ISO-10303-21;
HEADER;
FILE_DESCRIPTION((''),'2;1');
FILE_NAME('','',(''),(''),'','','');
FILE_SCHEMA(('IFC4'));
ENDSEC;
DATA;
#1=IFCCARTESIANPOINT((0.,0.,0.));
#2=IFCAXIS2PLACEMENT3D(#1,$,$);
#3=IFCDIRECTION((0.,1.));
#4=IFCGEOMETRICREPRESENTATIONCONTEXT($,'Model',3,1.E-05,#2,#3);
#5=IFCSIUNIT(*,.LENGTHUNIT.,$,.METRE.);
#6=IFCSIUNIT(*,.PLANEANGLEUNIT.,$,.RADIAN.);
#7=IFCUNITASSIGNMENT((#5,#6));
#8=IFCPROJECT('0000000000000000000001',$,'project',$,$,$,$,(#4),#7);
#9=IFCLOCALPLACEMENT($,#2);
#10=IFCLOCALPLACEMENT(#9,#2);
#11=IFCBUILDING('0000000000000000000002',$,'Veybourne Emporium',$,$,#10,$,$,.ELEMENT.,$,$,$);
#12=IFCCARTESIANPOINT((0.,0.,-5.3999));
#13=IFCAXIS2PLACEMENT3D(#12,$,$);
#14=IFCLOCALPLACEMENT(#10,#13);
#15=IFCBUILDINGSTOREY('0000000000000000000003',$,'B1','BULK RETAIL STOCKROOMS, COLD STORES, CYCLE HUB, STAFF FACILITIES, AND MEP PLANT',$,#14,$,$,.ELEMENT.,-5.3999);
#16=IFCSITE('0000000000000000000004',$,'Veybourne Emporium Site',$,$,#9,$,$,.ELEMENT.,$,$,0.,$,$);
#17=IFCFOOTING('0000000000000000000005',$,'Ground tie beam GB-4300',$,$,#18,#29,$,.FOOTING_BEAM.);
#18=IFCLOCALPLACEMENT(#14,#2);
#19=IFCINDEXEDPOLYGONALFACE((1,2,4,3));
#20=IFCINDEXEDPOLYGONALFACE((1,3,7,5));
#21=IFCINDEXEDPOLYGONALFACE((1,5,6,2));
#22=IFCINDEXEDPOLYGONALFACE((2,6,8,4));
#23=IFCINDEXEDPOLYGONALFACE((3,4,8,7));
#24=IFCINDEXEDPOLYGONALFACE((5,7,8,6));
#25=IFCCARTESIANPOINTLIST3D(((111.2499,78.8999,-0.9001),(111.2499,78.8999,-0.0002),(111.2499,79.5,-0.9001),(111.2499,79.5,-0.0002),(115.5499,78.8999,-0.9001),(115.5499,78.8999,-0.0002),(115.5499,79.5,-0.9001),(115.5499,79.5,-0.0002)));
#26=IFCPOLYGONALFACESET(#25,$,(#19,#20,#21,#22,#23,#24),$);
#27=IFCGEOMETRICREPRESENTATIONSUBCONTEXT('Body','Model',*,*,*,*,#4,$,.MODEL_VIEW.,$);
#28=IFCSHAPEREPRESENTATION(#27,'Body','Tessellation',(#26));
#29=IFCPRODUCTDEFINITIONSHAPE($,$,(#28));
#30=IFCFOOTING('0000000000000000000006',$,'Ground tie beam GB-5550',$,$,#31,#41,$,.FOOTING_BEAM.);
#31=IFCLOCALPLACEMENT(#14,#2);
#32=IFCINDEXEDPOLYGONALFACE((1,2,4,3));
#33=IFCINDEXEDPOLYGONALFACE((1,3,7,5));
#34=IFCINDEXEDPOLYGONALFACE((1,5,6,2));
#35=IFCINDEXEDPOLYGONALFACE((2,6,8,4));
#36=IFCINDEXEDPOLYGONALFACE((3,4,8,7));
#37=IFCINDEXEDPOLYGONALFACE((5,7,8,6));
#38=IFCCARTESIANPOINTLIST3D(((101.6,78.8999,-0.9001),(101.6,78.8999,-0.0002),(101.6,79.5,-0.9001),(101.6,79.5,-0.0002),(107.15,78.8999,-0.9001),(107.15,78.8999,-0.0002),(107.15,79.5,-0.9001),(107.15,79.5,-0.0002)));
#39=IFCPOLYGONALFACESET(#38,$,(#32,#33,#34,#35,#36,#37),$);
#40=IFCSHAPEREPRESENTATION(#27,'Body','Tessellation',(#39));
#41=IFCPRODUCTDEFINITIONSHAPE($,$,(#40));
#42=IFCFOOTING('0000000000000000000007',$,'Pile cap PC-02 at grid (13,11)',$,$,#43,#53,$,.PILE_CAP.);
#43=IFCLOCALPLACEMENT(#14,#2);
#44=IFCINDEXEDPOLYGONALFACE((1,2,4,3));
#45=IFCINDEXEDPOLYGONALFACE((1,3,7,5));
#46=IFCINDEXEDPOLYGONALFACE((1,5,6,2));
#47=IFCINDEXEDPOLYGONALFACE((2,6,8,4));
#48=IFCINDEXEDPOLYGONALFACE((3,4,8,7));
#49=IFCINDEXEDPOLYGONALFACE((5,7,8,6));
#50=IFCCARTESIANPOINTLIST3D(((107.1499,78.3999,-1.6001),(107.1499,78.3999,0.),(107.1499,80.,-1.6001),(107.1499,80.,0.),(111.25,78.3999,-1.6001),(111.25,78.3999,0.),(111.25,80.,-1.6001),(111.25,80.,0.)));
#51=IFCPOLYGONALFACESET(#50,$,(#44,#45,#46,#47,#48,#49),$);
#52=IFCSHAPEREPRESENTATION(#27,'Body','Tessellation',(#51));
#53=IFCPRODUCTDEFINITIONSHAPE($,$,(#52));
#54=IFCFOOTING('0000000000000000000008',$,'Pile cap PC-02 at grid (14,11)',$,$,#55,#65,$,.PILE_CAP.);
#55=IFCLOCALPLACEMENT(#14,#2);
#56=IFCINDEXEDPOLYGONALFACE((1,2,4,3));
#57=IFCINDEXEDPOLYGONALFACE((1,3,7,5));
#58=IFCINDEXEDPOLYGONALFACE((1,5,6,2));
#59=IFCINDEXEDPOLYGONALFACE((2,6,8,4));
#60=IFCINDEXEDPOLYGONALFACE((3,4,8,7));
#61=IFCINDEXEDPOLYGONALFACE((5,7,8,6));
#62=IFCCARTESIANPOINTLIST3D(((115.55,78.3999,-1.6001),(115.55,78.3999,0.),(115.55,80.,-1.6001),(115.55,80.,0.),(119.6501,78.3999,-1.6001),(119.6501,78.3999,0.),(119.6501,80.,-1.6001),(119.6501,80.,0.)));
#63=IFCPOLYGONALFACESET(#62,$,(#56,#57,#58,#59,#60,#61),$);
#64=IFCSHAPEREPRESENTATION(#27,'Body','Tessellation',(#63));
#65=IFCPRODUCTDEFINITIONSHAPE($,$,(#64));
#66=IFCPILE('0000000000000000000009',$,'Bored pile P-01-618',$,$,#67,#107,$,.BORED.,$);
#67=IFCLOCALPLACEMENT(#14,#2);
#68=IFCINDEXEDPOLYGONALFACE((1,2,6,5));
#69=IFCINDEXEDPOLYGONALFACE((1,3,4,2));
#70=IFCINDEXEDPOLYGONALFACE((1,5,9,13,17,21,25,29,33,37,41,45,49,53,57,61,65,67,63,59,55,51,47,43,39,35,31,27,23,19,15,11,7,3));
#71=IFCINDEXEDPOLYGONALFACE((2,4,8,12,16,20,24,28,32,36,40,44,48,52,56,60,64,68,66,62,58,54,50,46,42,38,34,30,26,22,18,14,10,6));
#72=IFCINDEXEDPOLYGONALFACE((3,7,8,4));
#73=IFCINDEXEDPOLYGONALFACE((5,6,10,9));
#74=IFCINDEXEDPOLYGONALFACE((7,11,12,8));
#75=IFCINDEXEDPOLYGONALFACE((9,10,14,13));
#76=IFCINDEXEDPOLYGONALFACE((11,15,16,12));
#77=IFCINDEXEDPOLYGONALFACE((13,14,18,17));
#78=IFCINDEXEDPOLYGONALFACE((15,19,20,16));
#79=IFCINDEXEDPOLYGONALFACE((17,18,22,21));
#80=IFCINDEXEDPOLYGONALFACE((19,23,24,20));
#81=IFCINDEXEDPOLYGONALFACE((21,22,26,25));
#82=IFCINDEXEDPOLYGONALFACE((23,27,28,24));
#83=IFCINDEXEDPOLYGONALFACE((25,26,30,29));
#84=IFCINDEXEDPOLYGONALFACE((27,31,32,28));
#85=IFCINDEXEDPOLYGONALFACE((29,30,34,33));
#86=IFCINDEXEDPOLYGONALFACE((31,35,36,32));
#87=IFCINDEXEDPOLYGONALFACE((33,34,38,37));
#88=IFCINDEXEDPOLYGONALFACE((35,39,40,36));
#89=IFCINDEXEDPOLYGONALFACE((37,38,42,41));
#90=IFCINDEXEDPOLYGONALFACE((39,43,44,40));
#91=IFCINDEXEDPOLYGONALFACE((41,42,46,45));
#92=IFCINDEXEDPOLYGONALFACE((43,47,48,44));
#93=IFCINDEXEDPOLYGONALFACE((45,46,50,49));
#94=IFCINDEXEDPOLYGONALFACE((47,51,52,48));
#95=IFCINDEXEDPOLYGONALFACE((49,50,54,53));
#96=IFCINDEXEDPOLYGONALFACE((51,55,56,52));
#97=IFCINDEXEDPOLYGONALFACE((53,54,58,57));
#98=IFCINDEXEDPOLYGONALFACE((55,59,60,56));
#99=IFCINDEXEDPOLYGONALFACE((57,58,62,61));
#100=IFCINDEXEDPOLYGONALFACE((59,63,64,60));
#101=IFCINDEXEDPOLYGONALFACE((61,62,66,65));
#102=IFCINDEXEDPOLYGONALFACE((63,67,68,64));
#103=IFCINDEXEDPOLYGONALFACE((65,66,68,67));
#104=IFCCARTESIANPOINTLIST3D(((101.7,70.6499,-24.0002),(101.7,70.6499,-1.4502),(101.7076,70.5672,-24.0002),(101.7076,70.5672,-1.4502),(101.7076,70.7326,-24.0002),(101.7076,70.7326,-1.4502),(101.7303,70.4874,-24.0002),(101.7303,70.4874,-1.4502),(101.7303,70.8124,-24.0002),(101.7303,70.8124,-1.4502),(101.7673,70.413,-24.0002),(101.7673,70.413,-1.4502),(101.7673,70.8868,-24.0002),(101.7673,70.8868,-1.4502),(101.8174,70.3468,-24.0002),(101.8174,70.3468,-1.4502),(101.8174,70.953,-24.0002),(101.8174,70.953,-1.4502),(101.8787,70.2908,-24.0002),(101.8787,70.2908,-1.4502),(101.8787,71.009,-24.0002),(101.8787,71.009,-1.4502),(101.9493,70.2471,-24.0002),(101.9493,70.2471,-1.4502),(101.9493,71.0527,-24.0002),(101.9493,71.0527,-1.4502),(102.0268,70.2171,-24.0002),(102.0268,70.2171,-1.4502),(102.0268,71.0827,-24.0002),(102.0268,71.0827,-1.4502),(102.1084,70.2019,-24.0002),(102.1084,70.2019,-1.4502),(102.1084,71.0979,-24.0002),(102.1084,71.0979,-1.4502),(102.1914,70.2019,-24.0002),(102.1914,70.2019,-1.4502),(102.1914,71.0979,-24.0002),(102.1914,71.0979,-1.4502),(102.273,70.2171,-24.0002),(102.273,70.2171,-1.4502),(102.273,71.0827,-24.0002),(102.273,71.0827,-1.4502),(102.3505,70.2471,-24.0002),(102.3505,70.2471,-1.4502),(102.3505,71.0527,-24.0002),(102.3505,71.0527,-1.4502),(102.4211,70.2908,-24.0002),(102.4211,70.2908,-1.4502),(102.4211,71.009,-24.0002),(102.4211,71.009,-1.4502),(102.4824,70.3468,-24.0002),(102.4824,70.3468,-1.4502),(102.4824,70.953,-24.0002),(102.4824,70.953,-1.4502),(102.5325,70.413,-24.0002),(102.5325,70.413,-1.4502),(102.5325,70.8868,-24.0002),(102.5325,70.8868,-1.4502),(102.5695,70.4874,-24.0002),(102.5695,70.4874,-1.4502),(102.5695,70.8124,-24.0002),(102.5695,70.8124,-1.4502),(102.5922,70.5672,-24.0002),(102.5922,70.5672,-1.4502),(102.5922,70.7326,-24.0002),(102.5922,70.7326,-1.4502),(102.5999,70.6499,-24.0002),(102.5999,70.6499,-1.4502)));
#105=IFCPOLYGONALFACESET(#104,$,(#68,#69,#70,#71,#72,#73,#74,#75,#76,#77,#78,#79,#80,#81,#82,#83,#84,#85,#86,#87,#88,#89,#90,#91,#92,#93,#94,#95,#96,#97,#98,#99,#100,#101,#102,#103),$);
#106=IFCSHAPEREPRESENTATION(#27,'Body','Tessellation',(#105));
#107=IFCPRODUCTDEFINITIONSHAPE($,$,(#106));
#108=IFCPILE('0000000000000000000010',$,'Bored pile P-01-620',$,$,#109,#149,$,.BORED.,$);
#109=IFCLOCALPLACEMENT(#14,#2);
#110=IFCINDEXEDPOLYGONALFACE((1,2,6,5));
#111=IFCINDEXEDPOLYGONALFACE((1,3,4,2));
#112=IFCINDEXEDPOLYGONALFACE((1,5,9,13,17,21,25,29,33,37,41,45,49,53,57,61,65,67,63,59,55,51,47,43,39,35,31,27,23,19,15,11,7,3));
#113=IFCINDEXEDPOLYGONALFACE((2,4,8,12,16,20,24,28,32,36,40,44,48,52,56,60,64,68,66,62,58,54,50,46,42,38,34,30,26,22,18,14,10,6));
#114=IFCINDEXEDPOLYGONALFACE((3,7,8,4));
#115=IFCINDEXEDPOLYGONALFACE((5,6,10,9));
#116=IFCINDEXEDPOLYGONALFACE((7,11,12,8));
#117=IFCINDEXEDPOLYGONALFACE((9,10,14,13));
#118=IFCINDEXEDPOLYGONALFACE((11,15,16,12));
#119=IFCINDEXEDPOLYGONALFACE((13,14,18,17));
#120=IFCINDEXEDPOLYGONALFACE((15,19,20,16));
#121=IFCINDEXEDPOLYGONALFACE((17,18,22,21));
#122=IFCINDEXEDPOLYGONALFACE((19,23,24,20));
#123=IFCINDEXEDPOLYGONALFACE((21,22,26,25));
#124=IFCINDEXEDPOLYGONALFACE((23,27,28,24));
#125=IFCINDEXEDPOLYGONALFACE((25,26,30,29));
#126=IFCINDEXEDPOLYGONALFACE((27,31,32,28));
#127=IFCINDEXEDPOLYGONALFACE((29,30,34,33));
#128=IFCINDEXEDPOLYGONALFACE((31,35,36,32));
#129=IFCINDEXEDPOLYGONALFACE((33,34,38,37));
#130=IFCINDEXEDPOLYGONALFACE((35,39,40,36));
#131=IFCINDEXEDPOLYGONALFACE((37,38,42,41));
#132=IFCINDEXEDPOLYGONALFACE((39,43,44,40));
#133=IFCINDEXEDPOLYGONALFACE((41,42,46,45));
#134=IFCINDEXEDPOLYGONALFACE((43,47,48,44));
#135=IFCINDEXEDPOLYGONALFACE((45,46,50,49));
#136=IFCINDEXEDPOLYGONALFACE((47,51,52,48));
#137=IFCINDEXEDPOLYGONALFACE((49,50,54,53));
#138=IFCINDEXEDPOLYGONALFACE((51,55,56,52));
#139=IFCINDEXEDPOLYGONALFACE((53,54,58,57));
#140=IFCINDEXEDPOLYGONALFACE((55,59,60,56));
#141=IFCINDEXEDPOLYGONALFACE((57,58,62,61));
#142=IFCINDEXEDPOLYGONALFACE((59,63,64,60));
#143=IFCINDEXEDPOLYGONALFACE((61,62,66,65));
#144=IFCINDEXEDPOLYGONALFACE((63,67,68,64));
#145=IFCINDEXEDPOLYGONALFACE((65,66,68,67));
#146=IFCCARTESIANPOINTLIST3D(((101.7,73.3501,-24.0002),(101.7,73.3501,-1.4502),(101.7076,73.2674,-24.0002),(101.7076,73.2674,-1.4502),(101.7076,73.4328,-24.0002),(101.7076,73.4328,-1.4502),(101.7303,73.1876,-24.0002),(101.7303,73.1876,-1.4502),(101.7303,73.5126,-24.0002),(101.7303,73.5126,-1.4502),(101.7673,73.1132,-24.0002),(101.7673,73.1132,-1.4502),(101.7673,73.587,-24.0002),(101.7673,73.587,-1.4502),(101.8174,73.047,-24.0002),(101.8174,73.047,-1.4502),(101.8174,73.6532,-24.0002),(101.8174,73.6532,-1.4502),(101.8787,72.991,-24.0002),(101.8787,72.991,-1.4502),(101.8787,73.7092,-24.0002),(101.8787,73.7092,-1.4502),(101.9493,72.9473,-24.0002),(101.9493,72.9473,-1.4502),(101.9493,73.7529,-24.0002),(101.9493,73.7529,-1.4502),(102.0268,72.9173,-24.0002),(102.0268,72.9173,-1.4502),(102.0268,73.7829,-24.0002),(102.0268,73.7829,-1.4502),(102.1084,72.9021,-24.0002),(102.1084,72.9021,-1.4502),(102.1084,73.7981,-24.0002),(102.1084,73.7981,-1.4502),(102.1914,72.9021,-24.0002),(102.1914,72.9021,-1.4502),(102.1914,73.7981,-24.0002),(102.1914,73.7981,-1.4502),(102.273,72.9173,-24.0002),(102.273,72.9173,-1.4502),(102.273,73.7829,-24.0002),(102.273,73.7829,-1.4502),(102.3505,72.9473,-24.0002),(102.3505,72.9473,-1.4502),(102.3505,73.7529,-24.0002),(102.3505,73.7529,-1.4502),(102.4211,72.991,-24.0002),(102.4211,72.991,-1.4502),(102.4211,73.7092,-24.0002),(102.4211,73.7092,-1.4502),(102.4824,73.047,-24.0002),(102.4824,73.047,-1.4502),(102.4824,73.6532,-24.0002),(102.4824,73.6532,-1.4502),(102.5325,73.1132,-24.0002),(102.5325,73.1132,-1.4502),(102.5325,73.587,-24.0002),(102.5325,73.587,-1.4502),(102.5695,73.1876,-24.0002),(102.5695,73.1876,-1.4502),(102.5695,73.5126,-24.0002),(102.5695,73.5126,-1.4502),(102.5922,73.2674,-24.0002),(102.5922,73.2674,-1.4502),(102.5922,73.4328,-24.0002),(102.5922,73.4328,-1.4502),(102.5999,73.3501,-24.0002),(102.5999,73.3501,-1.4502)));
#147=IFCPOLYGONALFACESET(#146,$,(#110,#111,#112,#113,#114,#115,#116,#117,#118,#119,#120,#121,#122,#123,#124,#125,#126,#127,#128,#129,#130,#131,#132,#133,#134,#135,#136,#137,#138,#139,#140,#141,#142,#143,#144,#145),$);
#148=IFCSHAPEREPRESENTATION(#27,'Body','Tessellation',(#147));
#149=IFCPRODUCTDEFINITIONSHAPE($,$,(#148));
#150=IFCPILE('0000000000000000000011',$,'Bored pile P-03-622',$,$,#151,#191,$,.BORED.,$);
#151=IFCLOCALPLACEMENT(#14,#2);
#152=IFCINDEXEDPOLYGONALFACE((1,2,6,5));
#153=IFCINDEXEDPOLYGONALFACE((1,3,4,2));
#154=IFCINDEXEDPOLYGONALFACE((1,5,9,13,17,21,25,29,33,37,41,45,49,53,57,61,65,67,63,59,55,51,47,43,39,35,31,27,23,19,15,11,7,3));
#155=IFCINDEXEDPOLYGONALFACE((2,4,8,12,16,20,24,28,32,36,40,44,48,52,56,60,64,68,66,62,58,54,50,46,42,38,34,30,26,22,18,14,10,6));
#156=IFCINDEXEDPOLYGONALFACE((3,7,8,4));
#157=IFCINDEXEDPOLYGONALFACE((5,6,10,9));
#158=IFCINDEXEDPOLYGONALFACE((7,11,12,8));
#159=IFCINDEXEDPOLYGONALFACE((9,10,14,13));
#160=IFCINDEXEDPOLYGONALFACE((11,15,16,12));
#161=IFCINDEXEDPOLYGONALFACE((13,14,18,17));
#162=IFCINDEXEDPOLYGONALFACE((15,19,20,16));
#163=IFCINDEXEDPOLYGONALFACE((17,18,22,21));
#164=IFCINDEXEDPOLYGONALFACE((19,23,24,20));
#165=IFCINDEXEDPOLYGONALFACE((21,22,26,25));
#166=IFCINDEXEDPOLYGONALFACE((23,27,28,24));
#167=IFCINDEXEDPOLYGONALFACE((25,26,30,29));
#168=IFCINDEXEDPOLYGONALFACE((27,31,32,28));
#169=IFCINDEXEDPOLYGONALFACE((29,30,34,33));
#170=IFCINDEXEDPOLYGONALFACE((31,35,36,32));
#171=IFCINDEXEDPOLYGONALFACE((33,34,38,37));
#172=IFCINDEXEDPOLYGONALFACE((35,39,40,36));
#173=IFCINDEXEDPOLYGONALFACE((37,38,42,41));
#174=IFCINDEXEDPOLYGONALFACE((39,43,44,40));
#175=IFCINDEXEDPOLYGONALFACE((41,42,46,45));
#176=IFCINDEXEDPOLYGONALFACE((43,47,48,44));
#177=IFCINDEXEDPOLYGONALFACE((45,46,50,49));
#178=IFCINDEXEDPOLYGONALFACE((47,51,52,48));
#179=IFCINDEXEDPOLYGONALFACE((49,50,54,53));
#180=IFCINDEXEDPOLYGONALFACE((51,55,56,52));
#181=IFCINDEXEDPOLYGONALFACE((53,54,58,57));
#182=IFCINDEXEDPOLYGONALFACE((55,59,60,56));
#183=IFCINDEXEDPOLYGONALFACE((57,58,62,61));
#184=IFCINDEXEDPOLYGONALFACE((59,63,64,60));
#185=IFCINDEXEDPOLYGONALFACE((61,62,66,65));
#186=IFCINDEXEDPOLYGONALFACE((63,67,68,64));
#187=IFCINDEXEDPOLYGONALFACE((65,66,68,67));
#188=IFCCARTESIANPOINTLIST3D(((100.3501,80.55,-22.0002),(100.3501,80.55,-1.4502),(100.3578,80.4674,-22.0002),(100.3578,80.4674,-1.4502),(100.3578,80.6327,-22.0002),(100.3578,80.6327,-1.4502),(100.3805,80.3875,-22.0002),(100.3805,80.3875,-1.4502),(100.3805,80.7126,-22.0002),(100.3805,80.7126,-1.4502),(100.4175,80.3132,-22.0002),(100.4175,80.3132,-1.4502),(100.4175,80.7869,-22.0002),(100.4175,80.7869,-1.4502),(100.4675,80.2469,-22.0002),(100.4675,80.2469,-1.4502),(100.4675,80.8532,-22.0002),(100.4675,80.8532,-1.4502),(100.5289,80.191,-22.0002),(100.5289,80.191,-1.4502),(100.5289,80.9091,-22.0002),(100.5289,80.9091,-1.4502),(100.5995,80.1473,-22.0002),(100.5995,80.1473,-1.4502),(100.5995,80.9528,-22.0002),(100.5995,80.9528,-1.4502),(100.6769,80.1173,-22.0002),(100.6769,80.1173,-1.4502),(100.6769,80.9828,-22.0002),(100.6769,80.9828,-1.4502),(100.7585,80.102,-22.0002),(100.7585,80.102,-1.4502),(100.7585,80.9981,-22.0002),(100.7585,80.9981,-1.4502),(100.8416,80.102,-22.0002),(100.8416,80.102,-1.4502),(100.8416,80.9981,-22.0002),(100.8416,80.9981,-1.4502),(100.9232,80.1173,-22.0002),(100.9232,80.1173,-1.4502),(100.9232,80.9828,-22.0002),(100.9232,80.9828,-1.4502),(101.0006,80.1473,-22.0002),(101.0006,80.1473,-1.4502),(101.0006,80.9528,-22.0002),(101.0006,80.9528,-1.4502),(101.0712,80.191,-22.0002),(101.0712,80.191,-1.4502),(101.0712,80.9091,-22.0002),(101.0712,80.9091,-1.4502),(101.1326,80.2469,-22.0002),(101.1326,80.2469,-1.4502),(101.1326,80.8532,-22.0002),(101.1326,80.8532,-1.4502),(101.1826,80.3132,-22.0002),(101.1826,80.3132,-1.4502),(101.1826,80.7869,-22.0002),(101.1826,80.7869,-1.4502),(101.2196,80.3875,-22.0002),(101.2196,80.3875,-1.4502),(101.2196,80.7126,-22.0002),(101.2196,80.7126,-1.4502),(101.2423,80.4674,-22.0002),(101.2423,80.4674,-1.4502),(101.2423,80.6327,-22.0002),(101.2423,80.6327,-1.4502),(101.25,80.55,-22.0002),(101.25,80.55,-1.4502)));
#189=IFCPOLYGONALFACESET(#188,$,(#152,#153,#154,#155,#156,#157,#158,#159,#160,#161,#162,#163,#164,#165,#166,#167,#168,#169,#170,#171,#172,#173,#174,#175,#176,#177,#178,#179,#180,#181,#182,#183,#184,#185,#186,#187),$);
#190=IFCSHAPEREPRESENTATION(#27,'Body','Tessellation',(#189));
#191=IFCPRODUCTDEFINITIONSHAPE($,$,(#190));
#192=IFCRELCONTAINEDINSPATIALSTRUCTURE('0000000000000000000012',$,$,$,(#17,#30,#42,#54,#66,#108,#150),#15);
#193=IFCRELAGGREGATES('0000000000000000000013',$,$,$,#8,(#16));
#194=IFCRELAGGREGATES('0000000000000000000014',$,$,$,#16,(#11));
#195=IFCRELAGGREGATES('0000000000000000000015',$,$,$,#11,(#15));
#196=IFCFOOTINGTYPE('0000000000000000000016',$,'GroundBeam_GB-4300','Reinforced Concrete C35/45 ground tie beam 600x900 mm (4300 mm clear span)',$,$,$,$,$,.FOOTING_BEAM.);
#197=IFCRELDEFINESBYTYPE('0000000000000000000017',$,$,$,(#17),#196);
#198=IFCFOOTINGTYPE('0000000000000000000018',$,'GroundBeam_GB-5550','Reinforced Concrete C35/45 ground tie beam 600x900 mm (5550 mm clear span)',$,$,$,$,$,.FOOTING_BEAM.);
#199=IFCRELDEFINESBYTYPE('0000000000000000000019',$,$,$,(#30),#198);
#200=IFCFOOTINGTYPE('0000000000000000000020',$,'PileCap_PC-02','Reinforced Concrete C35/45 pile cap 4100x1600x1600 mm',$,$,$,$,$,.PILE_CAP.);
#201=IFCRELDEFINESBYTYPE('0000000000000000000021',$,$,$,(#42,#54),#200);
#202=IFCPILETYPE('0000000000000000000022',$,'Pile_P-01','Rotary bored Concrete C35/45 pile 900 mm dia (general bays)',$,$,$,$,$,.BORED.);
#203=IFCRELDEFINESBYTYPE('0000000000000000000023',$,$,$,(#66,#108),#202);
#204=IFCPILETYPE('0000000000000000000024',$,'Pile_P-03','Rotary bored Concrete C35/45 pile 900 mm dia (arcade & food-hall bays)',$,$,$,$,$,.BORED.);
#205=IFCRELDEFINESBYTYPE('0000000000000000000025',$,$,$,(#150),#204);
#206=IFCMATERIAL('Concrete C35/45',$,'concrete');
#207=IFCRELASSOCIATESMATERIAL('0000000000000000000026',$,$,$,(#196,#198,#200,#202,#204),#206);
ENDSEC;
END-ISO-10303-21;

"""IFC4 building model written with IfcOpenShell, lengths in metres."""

from ifc_helpers import new_model, si_unit, direction, frame, origin, origin_2d, place, context, subcontext, project, spatial, rectangle, circle, extrude, material, material_profile, profile_set, type_object, element, save


model = new_model("IFC4")

# Units and contexts
model_context = context("Model", 3, precision=1e-05, world=origin(), true_north=direction((0.0, 1.0)))
body_context = subcontext(model_context, "Body", "Model", "MODEL_VIEW")
ifc_project = project(units=[si_unit("LENGTHUNIT", "METRE"), si_unit("PLANEANGLEUNIT", "RADIAN")], contexts=[model_context])

# Site, building, storey
site_placement = place(None, origin())
site = spatial("IfcSite", under=ifc_project, at=site_placement, Name="Veybourne Emporium Site", CompositionType="ELEMENT", RefElevation=0.0)
building_placement = place(site_placement, origin())
building = spatial("IfcBuilding", under=site, at=building_placement, Name="Veybourne Emporium", CompositionType="ELEMENT")
storey_placement = place(building_placement, frame((0.0, 0.0, -5.3999)))
storey = spatial("IfcBuildingStorey", under=building, at=storey_placement, Name="B1", Description="BULK RETAIL STOCKROOMS, COLD STORES, CYCLE HUB, STAFF FACILITIES, AND MEP PLANT", CompositionType="ELEMENT", Elevation=-5.3999)

# Footings
ifc_material_1 = material(Name="Concrete C35/45", Category="concrete")
footing_type_1 = type_object("IfcFootingType", Name="GroundBeam_GB-4300", Description="Reinforced Concrete C35/45 ground tie beam 600x900 mm (4300 mm clear span)", PredefinedType="FOOTING_BEAM", material=ifc_material_1)
footing_1_placement = place(storey_placement, frame((113.3999, 79.2, -0.9001), z_axis=(0.0, 0.0, 1.0), x_axis=(1.0, 0.0, 0.0)))
element("IfcFooting", 1, at=footing_1_placement, inside=storey, type_object=footing_type_1, Name="Ground tie beam GB-4300", PredefinedType="FOOTING_BEAM", context=body_context, shape_type="SweptSolid", body=[
    extrude(rectangle(XDim=4.3, YDim=0.6001, at=origin_2d()), origin(), (0.0, 0.0, 1.0), 0.8999),
])
footing_type_2 = type_object("IfcFootingType", Name="GroundBeam_GB-5550", Description="Reinforced Concrete C35/45 ground tie beam 600x900 mm (5550 mm clear span)", PredefinedType="FOOTING_BEAM", material=ifc_material_1)
footing_2_placement = place(storey_placement, frame((104.375, 79.2, -0.9001), z_axis=(0.0, 0.0, 1.0), x_axis=(1.0, 0.0, 0.0)))
element("IfcFooting", 2, at=footing_2_placement, inside=storey, type_object=footing_type_2, Name="Ground tie beam GB-5550", PredefinedType="FOOTING_BEAM", context=body_context, shape_type="SweptSolid", body=[
    extrude(rectangle(XDim=5.55, YDim=0.6001, at=origin_2d()), origin(), (0.0, 0.0, 1.0), 0.8999),
])
footing_type_3 = type_object("IfcFootingType", Name="PileCap_PC-02", Description="Reinforced Concrete C35/45 pile cap 4100x1600x1600 mm", PredefinedType="PILE_CAP", material=ifc_material_1)
for number, where, z_axis, x_axis, name in (
    (3, (109.2, 79.2, -1.6001), (0.0, 0.0, 1.0), (1.0, 0.0, 0.0), "Pile cap PC-02 at grid (13,11)"),
    (4, (117.6001, 79.2, -1.6001), (0.0, 0.0, 1.0), (1.0, 0.0, 0.0), "Pile cap PC-02 at grid (14,11)"),
):
    element("IfcFooting", number, at=place(storey_placement, frame(where, z_axis=z_axis, x_axis=x_axis)), inside=storey, type_object=footing_type_3, Name=name, PredefinedType="PILE_CAP", context=body_context, shape_type="SweptSolid", body=[
        extrude(rectangle(XDim=4.1001, YDim=1.6001, at=origin_2d()), origin(), (0.0, 0.0, 1.0), 1.6001),
    ])

# Piles
ifc_material_profile_1 = material_profile(ifc_material_1, circle(Radius=0.45, at=origin_2d()), Name="BORED PILE 900")
ifc_profile_set_1 = profile_set([ifc_material_profile_1], Name="Concrete C35/45")
pile_type_1 = type_object("IfcPileType", Name="Pile_P-01", Description="Rotary bored Concrete C35/45 pile 900 mm dia (general bays)", PredefinedType="BORED", material=ifc_profile_set_1)
for number, where, z_axis, x_axis, name in (
    (5, (102.1499, 70.6499, -1.4502), (0.0, 0.0, -1.0), (1.0, 0.0, 0.0), "Bored pile P-01-618"),
    (6, (102.1499, 73.3501, -1.4502), (0.0, 0.0, -1.0), (1.0, 0.0, 0.0), "Bored pile P-01-620"),
):
    element("IfcPile", number, at=place(storey_placement, frame(where, z_axis=z_axis, x_axis=x_axis)), inside=storey, type_object=pile_type_1, Name=name, PredefinedType="BORED", context=body_context, shape_type="SweptSolid", body=[
        extrude(circle(Radius=0.45, at=origin_2d()), origin(), (0.0, 0.0, 1.0), 22.55),
    ])
ifc_material_profile_2 = material_profile(ifc_material_1, circle(Radius=0.45, at=origin_2d()), Name="BORED PILE 900")
ifc_profile_set_2 = profile_set([ifc_material_profile_2], Name="Concrete C35/45")
pile_type_2 = type_object("IfcPileType", Name="Pile_P-03", Description="Rotary bored Concrete C35/45 pile 900 mm dia (arcade & food-hall bays)", PredefinedType="BORED", material=ifc_profile_set_2)
for number, where, z_axis, x_axis, name in (
    (7, (100.8, 80.55, -1.4502), (0.0, 0.0, -1.0), (1.0, 0.0, 0.0), "Bored pile P-03-622"),
):
    element("IfcPile", number, at=place(storey_placement, frame(where, z_axis=z_axis, x_axis=x_axis)), inside=storey, type_object=pile_type_2, Name=name, PredefinedType="BORED", context=body_context, shape_type="SweptSolid", body=[
        extrude(circle(Radius=0.45, at=origin_2d()), origin(), (0.0, 0.0, 1.0), 20.55),
    ])

save(model, "model.ifc")
